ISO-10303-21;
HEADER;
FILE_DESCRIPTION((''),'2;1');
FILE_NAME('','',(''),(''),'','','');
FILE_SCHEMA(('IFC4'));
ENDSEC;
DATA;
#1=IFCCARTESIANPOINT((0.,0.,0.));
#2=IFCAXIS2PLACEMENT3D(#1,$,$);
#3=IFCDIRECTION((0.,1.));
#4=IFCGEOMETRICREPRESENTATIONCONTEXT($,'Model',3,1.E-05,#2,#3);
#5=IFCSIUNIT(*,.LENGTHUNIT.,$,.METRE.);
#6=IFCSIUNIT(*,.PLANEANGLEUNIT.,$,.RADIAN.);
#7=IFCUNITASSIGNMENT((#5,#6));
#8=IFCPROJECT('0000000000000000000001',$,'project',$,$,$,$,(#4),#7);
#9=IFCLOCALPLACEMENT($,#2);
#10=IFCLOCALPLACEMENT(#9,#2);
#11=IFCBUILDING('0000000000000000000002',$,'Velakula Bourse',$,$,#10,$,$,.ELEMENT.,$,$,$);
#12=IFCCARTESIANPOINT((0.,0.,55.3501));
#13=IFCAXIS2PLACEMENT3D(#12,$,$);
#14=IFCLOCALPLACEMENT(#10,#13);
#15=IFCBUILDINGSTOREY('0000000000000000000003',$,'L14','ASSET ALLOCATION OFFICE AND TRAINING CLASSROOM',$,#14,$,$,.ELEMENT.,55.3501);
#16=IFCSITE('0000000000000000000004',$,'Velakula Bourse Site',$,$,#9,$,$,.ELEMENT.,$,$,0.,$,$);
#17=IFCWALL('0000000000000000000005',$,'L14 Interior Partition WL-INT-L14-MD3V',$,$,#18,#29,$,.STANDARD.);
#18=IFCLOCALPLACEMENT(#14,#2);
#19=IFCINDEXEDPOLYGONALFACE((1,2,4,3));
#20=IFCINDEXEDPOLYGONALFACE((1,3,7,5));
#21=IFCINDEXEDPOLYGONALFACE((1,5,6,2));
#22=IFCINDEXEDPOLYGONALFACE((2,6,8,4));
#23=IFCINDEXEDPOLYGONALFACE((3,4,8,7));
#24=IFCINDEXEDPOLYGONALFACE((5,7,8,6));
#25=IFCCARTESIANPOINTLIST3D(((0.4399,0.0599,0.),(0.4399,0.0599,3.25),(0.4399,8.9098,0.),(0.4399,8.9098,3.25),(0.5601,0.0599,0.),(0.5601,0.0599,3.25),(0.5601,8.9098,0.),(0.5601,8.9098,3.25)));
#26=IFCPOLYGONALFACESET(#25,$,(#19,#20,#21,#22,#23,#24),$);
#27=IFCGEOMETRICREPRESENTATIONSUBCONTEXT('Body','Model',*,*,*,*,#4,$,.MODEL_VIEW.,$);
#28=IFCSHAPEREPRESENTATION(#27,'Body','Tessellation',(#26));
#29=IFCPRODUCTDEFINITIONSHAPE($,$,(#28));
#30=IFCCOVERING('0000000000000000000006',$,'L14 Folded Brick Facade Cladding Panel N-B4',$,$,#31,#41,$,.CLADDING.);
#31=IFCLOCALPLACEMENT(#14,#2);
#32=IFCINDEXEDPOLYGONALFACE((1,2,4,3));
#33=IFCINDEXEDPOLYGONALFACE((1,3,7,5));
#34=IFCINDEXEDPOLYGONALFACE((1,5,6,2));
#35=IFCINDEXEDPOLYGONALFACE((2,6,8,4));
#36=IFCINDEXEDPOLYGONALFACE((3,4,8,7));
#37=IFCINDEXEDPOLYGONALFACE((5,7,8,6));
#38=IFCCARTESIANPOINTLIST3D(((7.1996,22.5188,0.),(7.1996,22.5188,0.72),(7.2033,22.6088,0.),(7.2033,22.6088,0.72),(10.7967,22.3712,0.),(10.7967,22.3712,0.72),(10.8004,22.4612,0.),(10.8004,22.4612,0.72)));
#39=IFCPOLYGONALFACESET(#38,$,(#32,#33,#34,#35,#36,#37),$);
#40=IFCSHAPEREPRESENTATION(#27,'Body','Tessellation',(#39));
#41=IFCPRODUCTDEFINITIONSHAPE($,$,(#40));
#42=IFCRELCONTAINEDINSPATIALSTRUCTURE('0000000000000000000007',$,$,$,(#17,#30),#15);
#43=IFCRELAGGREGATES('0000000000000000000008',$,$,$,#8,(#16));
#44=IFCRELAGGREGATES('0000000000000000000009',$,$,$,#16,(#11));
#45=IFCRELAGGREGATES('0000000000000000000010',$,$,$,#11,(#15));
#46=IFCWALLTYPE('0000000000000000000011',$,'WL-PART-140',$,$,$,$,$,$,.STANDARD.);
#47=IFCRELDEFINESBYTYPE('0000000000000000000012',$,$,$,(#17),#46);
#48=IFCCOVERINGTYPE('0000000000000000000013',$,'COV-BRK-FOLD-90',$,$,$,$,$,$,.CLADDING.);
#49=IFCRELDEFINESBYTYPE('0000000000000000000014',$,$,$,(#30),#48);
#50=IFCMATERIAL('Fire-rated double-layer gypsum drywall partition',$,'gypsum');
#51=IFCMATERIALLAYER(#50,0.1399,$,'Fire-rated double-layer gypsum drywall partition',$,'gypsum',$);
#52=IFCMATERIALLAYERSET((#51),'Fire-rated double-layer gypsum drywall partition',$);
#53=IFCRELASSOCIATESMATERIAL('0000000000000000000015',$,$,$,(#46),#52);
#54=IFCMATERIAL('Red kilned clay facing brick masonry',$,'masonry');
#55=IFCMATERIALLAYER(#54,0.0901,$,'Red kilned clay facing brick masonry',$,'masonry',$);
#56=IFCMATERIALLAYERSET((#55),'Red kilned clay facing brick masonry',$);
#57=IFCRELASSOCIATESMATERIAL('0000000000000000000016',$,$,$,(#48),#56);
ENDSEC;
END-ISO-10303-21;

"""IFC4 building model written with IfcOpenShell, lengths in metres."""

from ifc_helpers import new_model, si_unit, direction, frame, frame_2d, origin, origin_2d, place, context, subcontext, project, spatial, rectangle, extrude, material, layer, layer_set, type_object, element, save


model = new_model("IFC4")

# Units and contexts
model_context = context("Model", 3, precision=1e-05, world=origin(), true_north=direction((0.0, 1.0)))
body_context = subcontext(model_context, "Body", "Model", "MODEL_VIEW")
ifc_project = project(units=[si_unit("LENGTHUNIT", "METRE"), si_unit("PLANEANGLEUNIT", "RADIAN")], contexts=[model_context])

# Site, building, storey
site_placement = place(None, origin())
site = spatial("IfcSite", under=ifc_project, at=site_placement, Name="Velakula Bourse Site", CompositionType="ELEMENT", RefElevation=0.0)
building_placement = place(site_placement, origin())
building = spatial("IfcBuilding", under=site, at=building_placement, Name="Velakula Bourse", CompositionType="ELEMENT")
storey_placement = place(building_placement, frame((0.0, 0.0, 55.3501)))
storey = spatial("IfcBuildingStorey", under=building, at=storey_placement, Name="L14", Description="ASSET ALLOCATION OFFICE AND TRAINING CLASSROOM", CompositionType="ELEMENT", Elevation=55.3501)

# Shared definitions
ifc_material_1 = material(Name="Red kilned clay facing brick masonry", Category="masonry")

# Shared definitions
ifc_material_2 = material(Name="Fire-rated double-layer gypsum drywall partition", Category="gypsum")

# Shared definitions
ifc_layer_1 = layer(ifc_material_2, 0.1399, Name="Fire-rated double-layer gypsum drywall partition", Category="gypsum")
ifc_layer_set_1 = layer_set([ifc_layer_1], Name="Fire-rated double-layer gypsum drywall partition")
wall_type_1 = type_object("IfcWallType", Name="WL-PART-140", PredefinedType="STANDARD", material=ifc_layer_set_1)

# Wall
wall_1_placement = place(storey_placement, frame((0.5, 0.0601, 0.0), z_axis=(0.0, 0.0, 1.0), x_axis=(0.0, 1.0, 0.0)))
element("IfcWall", 1, at=wall_1_placement, inside=storey, type_object=wall_type_1, Name="L14 Interior Partition WL-INT-L14-MD3V", PredefinedType="STANDARD", context=body_context, shape_type="SweptSolid", body=[
    extrude(rectangle(XDim=8.8499, YDim=0.1201, at=frame_2d((4.4248, 0.0))), origin(), (0.0, 0.0, 1.0), 3.25),
])

# Covering
ifc_layer_2 = layer(ifc_material_1, 0.0901, Name="Red kilned clay facing brick masonry", Category="masonry")
ifc_layer_set_2 = layer_set([ifc_layer_2], Name="Red kilned clay facing brick masonry")
covering_type = type_object("IfcCoveringType", Name="COV-BRK-FOLD-90", PredefinedType="CLADDING", material=ifc_layer_set_2)
covering_placement = place(storey_placement, frame((9.0, 22.49, 0.0), z_axis=(0.0, 0.0, 1.0), x_axis=(0.999159, -0.041004, 0.0)))
element("IfcCovering", 2, at=covering_placement, inside=storey, type_object=covering_type, Name="L14 Folded Brick Facade Cladding Panel N-B4", PredefinedType="CLADDING", context=body_context, shape_type="SweptSolid", body=[
    extrude(rectangle(XDim=3.6001, YDim=0.0901, at=origin_2d()), origin(), (0.0, 0.0, 1.0), 0.72),
])

save(model, "model.ifc")
